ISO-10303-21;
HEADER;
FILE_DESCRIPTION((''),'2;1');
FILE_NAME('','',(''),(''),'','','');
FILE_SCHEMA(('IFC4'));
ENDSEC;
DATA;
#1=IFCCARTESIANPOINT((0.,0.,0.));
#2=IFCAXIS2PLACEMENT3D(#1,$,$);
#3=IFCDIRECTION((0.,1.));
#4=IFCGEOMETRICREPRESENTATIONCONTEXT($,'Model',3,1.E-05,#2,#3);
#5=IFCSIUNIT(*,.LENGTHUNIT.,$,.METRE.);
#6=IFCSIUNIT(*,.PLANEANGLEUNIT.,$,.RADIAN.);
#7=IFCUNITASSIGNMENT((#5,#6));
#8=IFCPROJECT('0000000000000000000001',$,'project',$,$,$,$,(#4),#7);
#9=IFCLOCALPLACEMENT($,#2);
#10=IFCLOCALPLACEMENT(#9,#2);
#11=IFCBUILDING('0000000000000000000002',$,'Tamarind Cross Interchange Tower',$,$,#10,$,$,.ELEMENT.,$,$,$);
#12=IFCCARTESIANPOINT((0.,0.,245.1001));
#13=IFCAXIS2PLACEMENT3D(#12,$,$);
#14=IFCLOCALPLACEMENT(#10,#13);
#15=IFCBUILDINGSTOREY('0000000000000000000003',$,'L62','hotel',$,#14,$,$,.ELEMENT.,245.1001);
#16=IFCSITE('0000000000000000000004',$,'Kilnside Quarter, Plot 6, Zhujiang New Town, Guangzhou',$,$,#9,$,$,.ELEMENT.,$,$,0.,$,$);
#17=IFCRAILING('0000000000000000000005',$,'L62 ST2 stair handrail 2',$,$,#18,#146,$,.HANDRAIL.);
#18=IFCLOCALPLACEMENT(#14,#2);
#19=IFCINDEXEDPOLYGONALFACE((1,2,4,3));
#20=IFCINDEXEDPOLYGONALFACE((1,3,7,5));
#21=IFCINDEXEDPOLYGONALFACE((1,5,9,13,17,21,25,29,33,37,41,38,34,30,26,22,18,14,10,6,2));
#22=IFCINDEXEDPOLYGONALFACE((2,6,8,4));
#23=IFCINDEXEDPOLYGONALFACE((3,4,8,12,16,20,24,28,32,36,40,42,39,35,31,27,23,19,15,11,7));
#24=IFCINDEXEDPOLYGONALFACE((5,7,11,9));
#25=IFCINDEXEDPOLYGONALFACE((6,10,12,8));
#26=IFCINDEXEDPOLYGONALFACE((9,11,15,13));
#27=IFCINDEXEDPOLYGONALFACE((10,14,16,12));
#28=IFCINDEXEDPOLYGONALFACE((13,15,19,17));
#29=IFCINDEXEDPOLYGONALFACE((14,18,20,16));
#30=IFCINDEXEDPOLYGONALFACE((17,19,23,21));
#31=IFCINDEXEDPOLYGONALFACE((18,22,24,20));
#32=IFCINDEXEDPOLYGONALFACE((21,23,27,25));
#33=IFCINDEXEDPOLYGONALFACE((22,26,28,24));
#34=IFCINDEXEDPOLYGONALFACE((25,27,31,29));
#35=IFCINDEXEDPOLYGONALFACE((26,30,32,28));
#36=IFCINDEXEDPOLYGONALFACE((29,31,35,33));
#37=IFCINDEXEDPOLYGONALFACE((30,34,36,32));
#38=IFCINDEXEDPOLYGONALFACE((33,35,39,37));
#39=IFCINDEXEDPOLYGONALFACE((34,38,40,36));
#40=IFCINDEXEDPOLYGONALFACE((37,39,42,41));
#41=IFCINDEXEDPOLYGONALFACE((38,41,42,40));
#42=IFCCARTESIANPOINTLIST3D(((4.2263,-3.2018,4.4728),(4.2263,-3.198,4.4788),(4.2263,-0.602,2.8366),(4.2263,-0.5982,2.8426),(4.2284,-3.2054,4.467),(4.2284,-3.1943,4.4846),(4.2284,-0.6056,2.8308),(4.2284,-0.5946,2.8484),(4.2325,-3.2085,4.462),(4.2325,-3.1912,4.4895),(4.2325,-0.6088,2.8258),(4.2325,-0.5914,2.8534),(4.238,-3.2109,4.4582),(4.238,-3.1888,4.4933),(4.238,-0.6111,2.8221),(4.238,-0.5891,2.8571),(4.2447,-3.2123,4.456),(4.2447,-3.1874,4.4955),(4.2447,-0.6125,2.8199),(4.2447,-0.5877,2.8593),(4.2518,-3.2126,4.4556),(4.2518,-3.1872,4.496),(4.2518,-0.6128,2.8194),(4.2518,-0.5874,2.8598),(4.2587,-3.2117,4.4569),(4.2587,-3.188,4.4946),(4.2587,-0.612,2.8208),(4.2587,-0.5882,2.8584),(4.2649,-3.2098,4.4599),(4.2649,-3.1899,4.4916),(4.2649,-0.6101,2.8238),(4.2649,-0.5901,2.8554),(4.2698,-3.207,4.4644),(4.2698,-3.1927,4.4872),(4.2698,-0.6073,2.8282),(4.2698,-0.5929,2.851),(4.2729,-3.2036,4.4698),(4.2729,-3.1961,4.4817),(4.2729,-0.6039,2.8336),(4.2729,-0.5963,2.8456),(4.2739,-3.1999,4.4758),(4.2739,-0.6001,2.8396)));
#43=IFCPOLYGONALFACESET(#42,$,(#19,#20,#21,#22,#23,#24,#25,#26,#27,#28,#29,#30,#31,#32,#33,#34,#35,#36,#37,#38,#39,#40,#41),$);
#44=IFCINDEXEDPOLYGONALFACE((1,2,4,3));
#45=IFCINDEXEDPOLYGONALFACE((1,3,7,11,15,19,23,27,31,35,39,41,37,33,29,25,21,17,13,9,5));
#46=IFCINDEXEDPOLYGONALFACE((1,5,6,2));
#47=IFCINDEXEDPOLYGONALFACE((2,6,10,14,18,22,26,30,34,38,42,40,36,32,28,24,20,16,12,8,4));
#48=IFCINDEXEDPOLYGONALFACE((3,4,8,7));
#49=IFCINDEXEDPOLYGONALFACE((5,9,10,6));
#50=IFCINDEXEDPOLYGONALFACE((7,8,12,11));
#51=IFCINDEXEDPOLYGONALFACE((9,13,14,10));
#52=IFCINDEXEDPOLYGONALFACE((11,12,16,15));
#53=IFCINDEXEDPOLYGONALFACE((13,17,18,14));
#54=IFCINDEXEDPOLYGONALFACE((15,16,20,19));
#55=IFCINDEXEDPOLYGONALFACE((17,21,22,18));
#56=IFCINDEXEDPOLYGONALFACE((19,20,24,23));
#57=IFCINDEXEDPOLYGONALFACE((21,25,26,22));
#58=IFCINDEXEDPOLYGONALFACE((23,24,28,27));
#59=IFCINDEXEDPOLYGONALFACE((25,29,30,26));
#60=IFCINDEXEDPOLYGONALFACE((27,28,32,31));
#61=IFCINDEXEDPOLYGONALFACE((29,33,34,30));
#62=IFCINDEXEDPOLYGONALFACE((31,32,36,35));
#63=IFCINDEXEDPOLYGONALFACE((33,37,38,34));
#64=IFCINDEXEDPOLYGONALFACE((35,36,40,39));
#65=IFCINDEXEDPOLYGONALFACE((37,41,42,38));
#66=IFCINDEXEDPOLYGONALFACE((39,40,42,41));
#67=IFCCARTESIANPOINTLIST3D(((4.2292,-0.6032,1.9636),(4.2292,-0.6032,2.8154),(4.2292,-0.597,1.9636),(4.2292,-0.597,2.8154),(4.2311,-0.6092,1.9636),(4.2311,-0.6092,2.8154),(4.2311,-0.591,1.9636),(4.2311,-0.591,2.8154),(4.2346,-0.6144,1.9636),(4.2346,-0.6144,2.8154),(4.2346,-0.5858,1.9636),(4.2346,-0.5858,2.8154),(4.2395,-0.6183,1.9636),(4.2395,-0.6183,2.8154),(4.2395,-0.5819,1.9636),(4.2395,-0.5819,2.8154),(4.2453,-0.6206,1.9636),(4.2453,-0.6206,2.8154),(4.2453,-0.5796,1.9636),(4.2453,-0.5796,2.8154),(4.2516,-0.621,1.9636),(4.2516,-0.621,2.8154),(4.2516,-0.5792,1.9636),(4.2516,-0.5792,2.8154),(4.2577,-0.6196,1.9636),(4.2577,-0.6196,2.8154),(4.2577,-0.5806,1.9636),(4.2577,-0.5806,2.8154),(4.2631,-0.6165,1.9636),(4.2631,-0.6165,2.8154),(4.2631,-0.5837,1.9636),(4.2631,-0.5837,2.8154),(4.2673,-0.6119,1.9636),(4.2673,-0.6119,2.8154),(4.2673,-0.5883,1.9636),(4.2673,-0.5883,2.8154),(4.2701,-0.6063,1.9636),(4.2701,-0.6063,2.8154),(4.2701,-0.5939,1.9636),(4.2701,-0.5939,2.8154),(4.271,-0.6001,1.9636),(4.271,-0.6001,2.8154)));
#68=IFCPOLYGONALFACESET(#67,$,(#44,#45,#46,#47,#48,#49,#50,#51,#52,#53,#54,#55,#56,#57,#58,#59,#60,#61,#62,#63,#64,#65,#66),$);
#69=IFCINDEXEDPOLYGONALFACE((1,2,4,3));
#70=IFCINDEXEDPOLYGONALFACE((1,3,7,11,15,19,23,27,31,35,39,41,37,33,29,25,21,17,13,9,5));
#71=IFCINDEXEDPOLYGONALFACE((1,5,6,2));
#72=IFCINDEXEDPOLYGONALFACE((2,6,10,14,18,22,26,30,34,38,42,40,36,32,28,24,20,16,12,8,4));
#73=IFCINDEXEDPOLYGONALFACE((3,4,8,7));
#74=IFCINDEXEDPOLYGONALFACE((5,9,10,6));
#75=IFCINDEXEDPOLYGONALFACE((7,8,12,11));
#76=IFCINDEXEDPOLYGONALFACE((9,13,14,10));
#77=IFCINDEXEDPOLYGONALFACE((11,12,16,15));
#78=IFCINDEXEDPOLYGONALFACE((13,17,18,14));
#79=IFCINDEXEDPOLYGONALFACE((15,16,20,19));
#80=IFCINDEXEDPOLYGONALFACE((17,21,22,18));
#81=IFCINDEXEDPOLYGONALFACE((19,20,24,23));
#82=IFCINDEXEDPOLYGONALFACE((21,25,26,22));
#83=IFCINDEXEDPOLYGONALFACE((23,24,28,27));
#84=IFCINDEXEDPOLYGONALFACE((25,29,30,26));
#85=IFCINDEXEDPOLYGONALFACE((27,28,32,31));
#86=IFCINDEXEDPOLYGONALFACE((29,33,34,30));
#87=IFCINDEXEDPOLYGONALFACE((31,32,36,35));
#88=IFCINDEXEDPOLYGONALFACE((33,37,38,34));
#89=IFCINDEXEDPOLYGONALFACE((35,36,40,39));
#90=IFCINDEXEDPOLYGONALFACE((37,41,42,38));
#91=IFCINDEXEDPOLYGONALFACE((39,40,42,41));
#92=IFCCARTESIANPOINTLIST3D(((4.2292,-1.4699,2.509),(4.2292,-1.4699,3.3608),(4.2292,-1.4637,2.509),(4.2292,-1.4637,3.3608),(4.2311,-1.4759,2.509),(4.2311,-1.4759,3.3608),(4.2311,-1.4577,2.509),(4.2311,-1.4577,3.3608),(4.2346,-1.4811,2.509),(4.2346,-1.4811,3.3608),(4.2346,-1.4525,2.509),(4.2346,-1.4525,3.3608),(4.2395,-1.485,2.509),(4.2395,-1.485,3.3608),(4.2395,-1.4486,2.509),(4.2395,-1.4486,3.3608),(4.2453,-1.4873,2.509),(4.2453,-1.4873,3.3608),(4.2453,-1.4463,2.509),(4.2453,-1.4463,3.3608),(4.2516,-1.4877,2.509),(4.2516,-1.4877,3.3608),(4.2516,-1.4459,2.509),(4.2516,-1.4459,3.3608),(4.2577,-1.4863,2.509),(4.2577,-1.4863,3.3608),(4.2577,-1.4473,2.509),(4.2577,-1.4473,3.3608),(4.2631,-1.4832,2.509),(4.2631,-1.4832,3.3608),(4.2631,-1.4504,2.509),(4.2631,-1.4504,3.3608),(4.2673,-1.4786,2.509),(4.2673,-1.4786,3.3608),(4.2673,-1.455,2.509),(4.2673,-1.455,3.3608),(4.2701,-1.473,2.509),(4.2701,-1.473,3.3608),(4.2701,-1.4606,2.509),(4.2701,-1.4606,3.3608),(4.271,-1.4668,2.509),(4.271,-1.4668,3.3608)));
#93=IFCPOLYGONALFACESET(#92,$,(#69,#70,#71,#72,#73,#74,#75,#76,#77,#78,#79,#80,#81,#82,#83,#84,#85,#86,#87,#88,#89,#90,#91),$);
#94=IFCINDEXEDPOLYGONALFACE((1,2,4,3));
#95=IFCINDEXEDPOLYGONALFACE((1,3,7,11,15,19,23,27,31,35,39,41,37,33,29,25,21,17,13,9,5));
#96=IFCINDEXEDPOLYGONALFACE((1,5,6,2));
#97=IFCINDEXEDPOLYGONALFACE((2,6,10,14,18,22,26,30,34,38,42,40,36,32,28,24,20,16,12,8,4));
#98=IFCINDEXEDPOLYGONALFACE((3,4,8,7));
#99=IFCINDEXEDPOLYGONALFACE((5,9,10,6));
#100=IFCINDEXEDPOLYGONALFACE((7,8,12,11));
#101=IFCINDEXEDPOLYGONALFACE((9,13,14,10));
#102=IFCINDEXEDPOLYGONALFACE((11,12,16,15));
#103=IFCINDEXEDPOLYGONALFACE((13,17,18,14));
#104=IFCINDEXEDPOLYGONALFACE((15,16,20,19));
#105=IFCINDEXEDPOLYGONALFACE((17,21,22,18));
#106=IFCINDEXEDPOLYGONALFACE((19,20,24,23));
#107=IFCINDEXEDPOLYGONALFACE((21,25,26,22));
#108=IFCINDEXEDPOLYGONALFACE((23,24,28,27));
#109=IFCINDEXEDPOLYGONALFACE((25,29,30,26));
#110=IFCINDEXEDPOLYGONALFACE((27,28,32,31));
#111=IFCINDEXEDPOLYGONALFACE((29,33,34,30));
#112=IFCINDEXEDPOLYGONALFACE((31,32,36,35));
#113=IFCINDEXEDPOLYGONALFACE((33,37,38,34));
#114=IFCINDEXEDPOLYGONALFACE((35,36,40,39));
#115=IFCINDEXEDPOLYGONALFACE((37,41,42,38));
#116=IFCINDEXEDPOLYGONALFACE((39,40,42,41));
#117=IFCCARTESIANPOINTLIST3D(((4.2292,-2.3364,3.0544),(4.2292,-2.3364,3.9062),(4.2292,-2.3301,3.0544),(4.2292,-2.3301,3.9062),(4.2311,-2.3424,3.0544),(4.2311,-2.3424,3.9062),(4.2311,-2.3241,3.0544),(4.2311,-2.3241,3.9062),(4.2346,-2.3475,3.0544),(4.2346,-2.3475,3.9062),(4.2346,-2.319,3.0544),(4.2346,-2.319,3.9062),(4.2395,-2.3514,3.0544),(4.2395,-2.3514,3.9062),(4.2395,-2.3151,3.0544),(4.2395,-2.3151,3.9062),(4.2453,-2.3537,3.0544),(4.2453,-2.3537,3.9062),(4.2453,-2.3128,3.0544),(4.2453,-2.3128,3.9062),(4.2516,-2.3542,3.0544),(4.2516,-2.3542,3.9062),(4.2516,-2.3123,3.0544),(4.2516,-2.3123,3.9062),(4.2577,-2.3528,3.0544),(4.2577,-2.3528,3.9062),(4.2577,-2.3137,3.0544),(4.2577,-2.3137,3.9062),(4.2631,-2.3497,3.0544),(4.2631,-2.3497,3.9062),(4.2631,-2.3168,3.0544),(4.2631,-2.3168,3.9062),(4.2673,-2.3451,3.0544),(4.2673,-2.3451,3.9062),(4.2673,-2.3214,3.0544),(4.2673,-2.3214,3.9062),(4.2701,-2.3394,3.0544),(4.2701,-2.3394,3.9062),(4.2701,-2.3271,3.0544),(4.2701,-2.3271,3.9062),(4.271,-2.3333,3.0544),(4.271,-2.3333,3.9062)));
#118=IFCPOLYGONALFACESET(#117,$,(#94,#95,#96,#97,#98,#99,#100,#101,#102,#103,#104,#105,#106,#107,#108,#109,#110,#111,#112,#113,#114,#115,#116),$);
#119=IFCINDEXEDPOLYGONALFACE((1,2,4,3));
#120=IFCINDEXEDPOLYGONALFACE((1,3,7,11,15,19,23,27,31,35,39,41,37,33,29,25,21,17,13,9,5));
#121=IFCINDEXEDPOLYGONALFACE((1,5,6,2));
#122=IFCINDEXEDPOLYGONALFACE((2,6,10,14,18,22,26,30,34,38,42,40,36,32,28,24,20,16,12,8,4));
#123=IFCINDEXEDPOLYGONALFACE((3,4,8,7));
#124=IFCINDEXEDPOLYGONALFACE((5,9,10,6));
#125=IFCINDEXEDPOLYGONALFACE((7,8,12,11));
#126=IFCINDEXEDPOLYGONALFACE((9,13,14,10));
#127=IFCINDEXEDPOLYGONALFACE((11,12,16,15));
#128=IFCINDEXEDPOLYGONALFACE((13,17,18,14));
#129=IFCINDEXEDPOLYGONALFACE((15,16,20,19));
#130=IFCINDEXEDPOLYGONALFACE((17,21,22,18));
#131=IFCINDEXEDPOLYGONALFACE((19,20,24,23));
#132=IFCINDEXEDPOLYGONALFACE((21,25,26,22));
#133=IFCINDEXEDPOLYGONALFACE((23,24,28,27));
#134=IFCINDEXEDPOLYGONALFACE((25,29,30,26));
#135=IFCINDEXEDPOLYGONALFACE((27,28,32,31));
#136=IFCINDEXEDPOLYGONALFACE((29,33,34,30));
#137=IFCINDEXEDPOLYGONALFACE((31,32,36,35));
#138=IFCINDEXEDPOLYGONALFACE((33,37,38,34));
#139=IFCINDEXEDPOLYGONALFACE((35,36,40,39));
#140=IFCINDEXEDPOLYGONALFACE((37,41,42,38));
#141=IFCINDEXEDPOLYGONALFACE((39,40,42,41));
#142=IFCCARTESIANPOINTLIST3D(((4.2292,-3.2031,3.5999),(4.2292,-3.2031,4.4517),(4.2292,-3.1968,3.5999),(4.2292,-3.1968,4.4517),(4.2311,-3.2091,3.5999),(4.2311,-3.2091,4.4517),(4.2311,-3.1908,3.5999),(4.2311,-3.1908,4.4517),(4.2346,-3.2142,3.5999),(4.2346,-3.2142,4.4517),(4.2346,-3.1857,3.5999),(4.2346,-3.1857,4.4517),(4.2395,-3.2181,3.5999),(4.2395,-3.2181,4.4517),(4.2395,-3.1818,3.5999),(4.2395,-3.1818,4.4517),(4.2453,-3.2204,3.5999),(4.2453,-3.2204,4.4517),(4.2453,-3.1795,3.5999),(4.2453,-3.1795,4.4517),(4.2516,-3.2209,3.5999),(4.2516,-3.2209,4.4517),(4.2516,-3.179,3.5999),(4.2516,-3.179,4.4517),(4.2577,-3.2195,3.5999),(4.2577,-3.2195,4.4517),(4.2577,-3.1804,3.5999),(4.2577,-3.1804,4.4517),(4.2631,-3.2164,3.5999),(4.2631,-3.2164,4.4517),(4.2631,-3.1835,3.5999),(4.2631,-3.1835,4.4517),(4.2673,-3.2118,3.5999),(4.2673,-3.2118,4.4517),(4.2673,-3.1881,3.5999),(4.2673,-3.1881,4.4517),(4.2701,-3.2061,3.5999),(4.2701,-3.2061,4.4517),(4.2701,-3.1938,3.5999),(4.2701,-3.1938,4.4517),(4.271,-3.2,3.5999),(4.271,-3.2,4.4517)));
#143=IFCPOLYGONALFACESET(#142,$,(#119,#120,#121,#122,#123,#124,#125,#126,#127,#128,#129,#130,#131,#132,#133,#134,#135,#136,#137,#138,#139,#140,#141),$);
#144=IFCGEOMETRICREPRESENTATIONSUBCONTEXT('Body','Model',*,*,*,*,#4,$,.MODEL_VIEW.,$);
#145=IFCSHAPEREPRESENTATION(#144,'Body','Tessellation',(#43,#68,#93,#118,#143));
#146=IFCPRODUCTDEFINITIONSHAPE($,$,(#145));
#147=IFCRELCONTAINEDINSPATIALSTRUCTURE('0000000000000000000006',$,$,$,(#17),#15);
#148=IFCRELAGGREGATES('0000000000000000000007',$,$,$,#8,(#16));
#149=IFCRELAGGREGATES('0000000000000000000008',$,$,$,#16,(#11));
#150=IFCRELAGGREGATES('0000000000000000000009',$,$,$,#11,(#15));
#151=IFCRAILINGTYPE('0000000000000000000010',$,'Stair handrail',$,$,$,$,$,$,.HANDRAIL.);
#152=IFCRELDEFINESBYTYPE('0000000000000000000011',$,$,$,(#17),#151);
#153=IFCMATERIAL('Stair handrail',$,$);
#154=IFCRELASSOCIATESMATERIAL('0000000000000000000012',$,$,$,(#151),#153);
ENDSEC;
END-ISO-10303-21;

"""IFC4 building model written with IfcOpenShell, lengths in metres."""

from ifc_helpers import new_model, si_unit, direction, frame, origin, origin_2d, place, context, subcontext, project, spatial, circle, extrude, material, type_object, element, save


model = new_model("IFC4")

# Units and contexts
model_context = context("Model", 3, precision=1e-05, world=origin(), true_north=direction((0.0, 1.0)))
body_context = subcontext(model_context, "Body", "Model", "MODEL_VIEW")
ifc_project = project(units=[si_unit("LENGTHUNIT", "METRE"), si_unit("PLANEANGLEUNIT", "RADIAN")], contexts=[model_context])

# Site, building, storey
site_placement = place(None, origin())
site = spatial("IfcSite", under=ifc_project, at=site_placement, Name="Kilnside Quarter, Plot 6, Zhujiang New Town, Guangzhou", CompositionType="ELEMENT", RefElevation=0.0)
building_placement = place(site_placement, origin())
building = spatial("IfcBuilding", under=site, at=building_placement, Name="Tamarind Cross Interchange Tower", CompositionType="ELEMENT")
storey_placement = place(building_placement, frame((0.0, 0.0, 245.1001)))
storey = spatial("IfcBuildingStorey", under=building, at=storey_placement, Name="L62", Description="hotel", CompositionType="ELEMENT", Elevation=245.1001)

# Railing
ifc_material_1 = material(Name="Stair handrail")
railing_type_1 = type_object("IfcRailingType", Name="Stair handrail", PredefinedType="HANDRAIL", material=ifc_material_1)
railing_1_placement = place(storey_placement, frame((4.25, -0.6001, 1.9636)))
element("IfcRailing", 1, at=railing_1_placement, inside=storey, type_object=railing_type_1, Name="L62 ST2 stair handrail 2", PredefinedType="HANDRAIL", context=body_context, shape_type="SweptSolid", body=[
    extrude(circle(Radius=0.0239, at=origin_2d()), frame((0.0, 0.0, 0.876), z_axis=(0.0, -0.846338, 0.532647), x_axis=(1.0, 0.0, 0.0)), (0.0, 0.0, 1.0), 3.0718),
    extrude(circle(Radius=0.021, at=origin_2d()), origin(), (0.0, 0.0, 1.0), 0.8518),
    extrude(circle(Radius=0.021, at=origin_2d()), frame((0.0, -0.8667, 0.5454)), (0.0, 0.0, 1.0), 0.8518),
    extrude(circle(Radius=0.021, at=origin_2d()), frame((0.0, -1.7332, 1.0908)), (0.0, 0.0, 1.0), 0.8518),
    extrude(circle(Radius=0.021, at=origin_2d()), frame((0.0, -2.5999, 1.6362)), (0.0, 0.0, 1.0), 0.8518),
])

save(model, "model.ifc")
